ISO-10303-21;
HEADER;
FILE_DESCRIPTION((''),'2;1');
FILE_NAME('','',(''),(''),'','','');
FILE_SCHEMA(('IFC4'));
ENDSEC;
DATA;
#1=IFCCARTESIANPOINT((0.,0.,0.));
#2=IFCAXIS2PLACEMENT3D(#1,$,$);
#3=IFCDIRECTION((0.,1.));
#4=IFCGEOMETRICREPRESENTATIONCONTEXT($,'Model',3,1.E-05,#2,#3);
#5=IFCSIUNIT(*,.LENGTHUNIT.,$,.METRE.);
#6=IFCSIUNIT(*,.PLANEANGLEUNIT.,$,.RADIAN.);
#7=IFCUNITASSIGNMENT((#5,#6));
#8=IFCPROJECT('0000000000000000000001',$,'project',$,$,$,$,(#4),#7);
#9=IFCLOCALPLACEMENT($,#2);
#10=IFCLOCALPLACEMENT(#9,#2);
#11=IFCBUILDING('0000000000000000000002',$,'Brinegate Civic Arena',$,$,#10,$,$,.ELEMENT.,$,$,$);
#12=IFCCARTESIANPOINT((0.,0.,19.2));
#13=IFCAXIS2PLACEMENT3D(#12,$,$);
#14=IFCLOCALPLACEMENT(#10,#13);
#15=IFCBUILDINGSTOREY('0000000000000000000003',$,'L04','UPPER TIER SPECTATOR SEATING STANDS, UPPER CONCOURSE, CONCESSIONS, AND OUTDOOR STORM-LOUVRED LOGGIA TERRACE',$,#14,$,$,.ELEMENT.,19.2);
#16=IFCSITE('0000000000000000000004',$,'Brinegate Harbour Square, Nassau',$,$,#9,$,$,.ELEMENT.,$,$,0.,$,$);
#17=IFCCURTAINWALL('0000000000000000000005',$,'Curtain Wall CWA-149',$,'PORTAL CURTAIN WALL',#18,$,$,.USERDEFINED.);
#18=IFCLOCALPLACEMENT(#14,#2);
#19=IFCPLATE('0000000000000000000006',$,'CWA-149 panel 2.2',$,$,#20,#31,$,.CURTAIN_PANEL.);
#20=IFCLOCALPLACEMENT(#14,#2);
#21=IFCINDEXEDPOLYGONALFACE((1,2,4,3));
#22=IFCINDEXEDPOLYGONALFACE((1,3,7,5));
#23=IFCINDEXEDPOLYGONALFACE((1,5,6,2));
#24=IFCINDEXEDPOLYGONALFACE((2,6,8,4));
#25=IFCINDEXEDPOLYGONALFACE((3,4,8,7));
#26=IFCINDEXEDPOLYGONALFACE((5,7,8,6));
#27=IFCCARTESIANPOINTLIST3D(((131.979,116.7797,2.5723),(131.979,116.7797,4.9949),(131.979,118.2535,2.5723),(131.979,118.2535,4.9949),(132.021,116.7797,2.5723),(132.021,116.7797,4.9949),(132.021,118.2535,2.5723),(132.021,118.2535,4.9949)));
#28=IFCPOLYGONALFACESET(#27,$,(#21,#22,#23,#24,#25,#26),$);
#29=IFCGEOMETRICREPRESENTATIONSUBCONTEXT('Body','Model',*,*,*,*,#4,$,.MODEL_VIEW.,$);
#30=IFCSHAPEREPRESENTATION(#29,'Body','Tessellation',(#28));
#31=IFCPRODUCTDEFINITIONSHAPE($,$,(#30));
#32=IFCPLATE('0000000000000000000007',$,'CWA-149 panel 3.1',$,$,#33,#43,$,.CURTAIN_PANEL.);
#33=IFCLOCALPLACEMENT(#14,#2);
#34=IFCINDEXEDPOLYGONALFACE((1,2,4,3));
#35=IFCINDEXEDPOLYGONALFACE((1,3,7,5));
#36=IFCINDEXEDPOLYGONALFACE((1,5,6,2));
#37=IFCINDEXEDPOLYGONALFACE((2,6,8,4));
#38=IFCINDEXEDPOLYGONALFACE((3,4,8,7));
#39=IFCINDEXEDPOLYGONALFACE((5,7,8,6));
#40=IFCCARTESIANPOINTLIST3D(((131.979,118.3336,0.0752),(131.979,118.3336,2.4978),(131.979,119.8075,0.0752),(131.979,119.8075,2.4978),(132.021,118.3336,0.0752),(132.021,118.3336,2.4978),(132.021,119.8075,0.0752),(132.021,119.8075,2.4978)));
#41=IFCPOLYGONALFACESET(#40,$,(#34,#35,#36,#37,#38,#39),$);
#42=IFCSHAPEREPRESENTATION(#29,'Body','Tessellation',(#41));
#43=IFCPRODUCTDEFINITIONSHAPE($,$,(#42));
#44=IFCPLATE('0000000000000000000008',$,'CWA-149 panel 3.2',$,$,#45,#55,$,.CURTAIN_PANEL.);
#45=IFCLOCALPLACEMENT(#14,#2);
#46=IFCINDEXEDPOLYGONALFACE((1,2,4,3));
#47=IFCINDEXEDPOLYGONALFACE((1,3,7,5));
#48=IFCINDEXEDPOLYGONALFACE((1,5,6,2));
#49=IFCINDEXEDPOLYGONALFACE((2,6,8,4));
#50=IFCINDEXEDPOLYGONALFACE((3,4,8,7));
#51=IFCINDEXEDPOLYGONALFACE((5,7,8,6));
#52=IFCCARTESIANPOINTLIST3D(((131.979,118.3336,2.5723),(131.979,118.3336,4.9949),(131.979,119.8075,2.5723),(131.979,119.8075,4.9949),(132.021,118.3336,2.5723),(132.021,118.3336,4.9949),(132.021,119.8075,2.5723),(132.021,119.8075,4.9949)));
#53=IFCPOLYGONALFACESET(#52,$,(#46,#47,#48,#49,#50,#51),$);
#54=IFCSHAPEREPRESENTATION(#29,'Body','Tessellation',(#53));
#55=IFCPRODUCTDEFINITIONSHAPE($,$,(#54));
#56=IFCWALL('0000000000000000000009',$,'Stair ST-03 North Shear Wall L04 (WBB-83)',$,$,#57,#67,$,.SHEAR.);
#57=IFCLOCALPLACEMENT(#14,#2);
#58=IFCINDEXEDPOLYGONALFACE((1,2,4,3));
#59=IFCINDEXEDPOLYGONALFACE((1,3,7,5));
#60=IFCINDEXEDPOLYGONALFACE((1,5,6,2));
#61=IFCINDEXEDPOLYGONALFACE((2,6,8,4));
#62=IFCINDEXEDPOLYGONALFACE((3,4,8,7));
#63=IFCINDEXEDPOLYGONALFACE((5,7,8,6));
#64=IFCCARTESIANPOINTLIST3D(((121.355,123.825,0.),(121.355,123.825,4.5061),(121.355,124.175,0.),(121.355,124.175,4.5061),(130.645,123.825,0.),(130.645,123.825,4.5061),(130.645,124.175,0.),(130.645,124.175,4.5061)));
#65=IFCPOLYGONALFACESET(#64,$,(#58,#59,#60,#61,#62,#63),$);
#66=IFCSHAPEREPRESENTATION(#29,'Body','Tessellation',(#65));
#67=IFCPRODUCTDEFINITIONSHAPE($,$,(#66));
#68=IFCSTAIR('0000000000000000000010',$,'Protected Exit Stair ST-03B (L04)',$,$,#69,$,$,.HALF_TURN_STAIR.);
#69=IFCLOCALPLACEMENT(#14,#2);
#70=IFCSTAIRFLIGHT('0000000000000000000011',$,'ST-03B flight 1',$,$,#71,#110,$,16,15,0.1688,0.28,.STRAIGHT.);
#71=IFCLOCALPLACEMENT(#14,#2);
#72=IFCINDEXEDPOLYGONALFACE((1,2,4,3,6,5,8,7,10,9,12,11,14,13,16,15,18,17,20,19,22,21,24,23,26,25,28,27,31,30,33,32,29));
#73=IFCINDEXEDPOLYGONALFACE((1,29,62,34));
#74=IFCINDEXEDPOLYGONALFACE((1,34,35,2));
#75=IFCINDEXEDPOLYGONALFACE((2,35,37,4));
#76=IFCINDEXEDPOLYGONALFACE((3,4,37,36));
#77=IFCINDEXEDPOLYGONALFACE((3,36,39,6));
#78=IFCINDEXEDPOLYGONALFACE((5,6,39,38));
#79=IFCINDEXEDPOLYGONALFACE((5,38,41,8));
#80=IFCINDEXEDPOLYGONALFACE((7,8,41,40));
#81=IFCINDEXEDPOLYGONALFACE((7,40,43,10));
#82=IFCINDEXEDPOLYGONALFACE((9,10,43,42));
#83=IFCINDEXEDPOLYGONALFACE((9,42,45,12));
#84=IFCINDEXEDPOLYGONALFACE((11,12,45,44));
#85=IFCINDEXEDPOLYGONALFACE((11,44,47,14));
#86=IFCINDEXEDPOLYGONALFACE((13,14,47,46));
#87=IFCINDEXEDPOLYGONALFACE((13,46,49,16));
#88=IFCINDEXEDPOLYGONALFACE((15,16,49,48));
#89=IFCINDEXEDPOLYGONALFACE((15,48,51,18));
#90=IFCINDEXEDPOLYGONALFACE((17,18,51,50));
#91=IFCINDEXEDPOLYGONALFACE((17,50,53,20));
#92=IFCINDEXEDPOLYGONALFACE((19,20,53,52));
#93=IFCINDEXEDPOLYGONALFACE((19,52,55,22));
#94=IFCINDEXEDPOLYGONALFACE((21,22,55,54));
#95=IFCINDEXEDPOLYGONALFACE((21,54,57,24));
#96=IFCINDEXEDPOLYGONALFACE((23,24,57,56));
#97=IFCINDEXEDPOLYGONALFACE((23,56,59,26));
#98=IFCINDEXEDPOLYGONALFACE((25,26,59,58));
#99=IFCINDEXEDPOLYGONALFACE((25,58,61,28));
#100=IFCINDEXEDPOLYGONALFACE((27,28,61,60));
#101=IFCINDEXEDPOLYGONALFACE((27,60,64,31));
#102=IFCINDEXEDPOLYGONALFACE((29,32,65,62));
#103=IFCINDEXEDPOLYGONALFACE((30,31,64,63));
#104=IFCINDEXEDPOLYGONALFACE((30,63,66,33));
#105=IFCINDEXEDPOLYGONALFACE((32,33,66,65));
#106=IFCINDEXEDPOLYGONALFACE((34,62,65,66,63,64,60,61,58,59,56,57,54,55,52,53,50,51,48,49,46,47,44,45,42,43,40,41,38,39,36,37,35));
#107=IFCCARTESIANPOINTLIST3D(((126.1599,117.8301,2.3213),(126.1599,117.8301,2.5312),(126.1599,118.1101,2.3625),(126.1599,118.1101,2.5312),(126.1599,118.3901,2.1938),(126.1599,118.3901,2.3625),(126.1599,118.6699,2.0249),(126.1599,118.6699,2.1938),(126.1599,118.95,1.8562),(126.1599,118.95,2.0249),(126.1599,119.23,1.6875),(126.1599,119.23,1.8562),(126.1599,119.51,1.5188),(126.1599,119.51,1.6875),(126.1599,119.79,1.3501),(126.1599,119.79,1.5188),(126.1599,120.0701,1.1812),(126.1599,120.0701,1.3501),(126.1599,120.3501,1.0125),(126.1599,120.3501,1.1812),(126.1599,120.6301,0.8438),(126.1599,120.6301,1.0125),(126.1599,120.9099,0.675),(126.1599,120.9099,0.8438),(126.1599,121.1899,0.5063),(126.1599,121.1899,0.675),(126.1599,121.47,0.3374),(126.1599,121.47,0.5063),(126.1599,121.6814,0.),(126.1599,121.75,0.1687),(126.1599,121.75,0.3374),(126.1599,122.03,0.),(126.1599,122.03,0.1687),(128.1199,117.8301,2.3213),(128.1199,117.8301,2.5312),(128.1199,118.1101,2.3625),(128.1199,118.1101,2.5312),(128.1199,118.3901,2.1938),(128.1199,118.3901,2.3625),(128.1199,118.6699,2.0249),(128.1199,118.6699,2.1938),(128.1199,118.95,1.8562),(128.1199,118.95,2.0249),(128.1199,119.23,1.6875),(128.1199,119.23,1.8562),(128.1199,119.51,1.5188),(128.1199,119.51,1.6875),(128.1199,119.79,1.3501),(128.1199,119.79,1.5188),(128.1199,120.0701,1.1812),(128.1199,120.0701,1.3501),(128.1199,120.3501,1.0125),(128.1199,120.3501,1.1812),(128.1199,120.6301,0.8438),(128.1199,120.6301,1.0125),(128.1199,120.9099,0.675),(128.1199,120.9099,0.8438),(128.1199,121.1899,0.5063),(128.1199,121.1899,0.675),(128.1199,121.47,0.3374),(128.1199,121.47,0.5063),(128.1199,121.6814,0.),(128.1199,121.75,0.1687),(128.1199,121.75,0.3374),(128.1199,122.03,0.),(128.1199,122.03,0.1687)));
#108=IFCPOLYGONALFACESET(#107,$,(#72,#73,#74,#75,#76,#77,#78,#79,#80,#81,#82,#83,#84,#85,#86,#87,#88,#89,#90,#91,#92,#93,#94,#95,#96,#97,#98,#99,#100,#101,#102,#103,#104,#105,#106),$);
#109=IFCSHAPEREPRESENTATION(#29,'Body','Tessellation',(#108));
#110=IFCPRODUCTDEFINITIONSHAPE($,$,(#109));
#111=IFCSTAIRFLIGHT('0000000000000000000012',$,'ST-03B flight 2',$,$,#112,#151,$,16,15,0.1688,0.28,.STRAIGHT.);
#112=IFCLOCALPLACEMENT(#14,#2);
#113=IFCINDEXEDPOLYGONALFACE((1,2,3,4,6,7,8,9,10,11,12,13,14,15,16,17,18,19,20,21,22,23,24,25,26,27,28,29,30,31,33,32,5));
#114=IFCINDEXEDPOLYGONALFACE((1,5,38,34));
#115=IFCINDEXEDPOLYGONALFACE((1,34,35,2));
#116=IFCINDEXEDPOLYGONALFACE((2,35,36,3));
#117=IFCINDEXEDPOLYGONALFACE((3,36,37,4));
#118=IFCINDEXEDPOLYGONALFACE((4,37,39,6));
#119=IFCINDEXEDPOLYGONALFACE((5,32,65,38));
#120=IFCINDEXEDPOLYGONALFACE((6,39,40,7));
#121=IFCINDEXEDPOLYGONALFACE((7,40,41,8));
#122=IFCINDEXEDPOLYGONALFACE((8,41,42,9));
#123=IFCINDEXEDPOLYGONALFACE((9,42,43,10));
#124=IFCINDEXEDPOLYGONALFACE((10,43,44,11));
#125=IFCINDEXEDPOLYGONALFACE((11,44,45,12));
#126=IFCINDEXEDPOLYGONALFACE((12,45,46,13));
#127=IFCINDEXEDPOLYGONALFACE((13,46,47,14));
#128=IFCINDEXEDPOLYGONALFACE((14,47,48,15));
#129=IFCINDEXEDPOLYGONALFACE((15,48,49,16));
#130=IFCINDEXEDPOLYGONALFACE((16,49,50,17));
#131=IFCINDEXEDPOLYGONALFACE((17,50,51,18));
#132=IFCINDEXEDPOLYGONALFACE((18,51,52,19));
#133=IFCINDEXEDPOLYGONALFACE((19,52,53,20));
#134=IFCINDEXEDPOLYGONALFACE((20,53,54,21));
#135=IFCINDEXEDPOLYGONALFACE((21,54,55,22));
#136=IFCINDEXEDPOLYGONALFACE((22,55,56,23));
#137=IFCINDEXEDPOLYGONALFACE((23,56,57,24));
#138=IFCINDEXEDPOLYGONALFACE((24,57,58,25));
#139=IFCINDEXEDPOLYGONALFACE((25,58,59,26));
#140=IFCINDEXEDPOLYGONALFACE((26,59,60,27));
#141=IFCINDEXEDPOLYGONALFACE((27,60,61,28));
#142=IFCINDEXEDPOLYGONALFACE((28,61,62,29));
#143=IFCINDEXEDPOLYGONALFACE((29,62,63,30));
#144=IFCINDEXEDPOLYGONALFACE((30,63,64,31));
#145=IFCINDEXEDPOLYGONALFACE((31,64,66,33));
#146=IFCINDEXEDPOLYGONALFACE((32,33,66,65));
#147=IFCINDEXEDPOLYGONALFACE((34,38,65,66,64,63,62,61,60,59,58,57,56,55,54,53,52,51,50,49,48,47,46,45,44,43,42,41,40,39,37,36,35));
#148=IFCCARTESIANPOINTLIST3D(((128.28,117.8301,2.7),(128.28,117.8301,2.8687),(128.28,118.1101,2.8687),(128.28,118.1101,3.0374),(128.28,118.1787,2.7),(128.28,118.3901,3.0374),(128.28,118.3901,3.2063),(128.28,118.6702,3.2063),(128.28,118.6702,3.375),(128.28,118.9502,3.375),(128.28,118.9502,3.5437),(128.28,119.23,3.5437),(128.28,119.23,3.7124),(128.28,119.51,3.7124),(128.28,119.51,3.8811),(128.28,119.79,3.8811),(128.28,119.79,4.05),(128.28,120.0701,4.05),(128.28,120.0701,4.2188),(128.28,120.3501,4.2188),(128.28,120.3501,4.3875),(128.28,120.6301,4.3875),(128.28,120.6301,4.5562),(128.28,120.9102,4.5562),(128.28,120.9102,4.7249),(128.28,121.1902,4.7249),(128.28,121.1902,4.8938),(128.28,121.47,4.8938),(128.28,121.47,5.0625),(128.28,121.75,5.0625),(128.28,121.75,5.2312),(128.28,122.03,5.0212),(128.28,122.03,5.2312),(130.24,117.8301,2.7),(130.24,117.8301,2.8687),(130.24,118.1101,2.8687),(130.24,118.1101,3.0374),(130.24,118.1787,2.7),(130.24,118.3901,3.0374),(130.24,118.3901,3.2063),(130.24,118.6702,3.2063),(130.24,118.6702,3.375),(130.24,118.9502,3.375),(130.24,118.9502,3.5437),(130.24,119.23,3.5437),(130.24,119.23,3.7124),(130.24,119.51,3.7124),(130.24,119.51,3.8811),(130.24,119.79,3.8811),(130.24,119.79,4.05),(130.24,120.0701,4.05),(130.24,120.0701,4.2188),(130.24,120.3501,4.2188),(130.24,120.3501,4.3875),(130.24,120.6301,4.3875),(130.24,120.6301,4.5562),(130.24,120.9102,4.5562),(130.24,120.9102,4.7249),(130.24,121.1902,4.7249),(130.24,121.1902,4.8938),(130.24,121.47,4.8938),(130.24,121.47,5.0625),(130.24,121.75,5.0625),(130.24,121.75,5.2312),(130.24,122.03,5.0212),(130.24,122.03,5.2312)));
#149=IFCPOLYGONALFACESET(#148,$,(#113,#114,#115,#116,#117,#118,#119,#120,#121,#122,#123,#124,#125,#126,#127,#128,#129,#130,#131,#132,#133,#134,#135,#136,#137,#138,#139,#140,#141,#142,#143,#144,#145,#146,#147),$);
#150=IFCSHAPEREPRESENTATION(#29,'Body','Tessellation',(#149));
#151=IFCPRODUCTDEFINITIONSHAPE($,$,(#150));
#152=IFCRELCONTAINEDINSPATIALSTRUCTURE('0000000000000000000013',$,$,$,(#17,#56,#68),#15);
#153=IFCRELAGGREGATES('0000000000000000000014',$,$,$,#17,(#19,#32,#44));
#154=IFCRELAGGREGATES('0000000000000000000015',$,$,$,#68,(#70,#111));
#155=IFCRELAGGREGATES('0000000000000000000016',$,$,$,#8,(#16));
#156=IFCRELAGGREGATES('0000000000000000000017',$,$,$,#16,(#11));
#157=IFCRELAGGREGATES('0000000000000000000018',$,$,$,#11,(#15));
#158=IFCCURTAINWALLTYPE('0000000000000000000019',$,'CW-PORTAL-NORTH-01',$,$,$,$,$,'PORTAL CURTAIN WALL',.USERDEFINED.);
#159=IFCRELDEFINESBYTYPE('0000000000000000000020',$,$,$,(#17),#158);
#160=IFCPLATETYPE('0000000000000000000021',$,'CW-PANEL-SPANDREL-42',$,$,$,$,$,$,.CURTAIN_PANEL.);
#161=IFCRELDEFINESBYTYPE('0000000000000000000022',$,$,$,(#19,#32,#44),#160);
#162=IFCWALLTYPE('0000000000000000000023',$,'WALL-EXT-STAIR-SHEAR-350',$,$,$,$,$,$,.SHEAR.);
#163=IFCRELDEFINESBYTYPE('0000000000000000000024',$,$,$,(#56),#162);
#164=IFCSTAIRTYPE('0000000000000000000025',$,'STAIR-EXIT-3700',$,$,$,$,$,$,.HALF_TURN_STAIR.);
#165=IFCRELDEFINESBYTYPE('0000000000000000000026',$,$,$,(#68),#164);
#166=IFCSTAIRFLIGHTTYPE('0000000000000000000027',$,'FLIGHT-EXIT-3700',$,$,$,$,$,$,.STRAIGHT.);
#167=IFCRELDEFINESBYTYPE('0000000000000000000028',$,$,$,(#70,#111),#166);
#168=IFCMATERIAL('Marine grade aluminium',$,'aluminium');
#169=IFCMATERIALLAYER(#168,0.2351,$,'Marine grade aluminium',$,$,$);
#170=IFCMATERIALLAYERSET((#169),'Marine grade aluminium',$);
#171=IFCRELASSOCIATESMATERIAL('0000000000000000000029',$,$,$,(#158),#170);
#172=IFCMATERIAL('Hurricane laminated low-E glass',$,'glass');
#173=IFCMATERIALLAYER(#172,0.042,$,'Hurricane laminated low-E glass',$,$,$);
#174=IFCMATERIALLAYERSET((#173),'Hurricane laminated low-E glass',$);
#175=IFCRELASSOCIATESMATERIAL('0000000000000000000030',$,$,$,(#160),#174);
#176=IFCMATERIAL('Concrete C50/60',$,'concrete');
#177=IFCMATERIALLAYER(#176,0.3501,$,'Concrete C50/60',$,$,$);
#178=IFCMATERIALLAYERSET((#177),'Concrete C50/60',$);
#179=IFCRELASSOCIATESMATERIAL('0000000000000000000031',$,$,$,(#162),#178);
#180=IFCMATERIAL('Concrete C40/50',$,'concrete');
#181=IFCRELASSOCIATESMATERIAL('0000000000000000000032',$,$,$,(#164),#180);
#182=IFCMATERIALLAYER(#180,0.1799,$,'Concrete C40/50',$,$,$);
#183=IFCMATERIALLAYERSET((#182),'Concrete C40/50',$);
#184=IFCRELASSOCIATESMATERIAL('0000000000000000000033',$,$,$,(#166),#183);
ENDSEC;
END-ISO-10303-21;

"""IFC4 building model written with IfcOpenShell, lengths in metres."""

from ifc_helpers import new_model, si_unit, direction, frame, frame_2d, origin, origin_2d, place, context, subcontext, project, spatial, polyline, rectangle, outline, extrude, material, layer, layer_set, type_object, element, aggregate, save


model = new_model("IFC4")

# Units and contexts
model_context = context("Model", 3, precision=1e-05, world=origin(), true_north=direction((0.0, 1.0)))
body_context = subcontext(model_context, "Body", "Model", "MODEL_VIEW")
ifc_project = project(units=[si_unit("LENGTHUNIT", "METRE"), si_unit("PLANEANGLEUNIT", "RADIAN")], contexts=[model_context])

# Site, building, storey
site_placement = place(None, origin())
site = spatial("IfcSite", under=ifc_project, at=site_placement, Name="Brinegate Harbour Square, Nassau", CompositionType="ELEMENT", RefElevation=0.0)
building_placement = place(site_placement, origin())
building = spatial("IfcBuilding", under=site, at=building_placement, Name="Brinegate Civic Arena", CompositionType="ELEMENT")
storey_placement = place(building_placement, frame((0.0, 0.0, 19.2)))
storey = spatial("IfcBuildingStorey", under=building, at=storey_placement, Name="L04", Description="UPPER TIER SPECTATOR SEATING STANDS, UPPER CONCOURSE, CONCESSIONS, AND OUTDOOR STORM-LOUVRED LOGGIA TERRACE", CompositionType="ELEMENT", Elevation=19.2)

# Shared definitions
ifc_material_1 = material(Name="Concrete C50/60", Category="concrete")

# Curtain wall
ifc_material_2 = material(Name="Marine grade aluminium", Category="aluminium")
ifc_layer_1 = layer(ifc_material_2, 0.2351, Name="Marine grade aluminium")
ifc_layer_set_1 = layer_set([ifc_layer_1], Name="Marine grade aluminium")
curtain_wall_type = type_object("IfcCurtainWallType", Name="CW-PORTAL-NORTH-01", ElementType="PORTAL CURTAIN WALL", PredefinedType="USERDEFINED", material=ifc_layer_set_1)
curtain_wall_placement = place(storey_placement, origin())
curtain_wall = element("IfcCurtainWall", 1, at=curtain_wall_placement, inside=storey, type_object=curtain_wall_type, Name="Curtain Wall CWA-149", ObjectType="PORTAL CURTAIN WALL", PredefinedType="USERDEFINED")

# Plates
ifc_material_3 = material(Name="Hurricane laminated low-E glass", Category="glass")
ifc_layer_2 = layer(ifc_material_3, 0.042, Name="Hurricane laminated low-E glass")
ifc_layer_set_2 = layer_set([ifc_layer_2], Name="Hurricane laminated low-E glass")
plate_type = type_object("IfcPlateType", Name="CW-PANEL-SPANDREL-42", PredefinedType="CURTAIN_PANEL", material=ifc_layer_set_2)
plate_1_placement = place(storey_placement, frame((132.0, 117.5166, 2.5723), z_axis=(0.0, 0.0, 1.0), x_axis=(0.0, 1.0, 0.0)))
plate_1 = element("IfcPlate", 2, at=plate_1_placement, type_object=plate_type, Name="CWA-149 panel 2.2", PredefinedType="CURTAIN_PANEL", context=body_context, shape_type="SweptSolid", body=[
    extrude(rectangle(XDim=1.4739, YDim=0.042, at=origin_2d()), origin(), (0.0, 0.0, 1.0), 2.4226),
])
plate_2_placement = place(storey_placement, frame((132.0, 119.0706, 0.0752), z_axis=(0.0, 0.0, 1.0), x_axis=(0.0, 1.0, 0.0)))
plate_2 = element("IfcPlate", 3, at=plate_2_placement, type_object=plate_type, Name="CWA-149 panel 3.1", PredefinedType="CURTAIN_PANEL", context=body_context, shape_type="SweptSolid", body=[
    extrude(rectangle(XDim=1.4739, YDim=0.042, at=origin_2d()), origin(), (0.0, 0.0, 1.0), 2.4226),
])
plate_3_placement = place(storey_placement, frame((132.0, 119.0706, 2.5723), z_axis=(0.0, 0.0, 1.0), x_axis=(0.0, 1.0, 0.0)))
plate_3 = element("IfcPlate", 4, at=plate_3_placement, type_object=plate_type, Name="CWA-149 panel 3.2", PredefinedType="CURTAIN_PANEL", context=body_context, shape_type="SweptSolid", body=[
    extrude(rectangle(XDim=1.4739, YDim=0.042, at=origin_2d()), origin(), (0.0, 0.0, 1.0), 2.4226),
])
aggregate(curtain_wall, [plate_1, plate_2, plate_3])

# Wall
ifc_layer_3 = layer(ifc_material_1, 0.3501, Name="Concrete C50/60")
ifc_layer_set_3 = layer_set([ifc_layer_3], Name="Concrete C50/60")
wall_type = type_object("IfcWallType", Name="WALL-EXT-STAIR-SHEAR-350", PredefinedType="SHEAR", material=ifc_layer_set_3)
wall_placement = place(storey_placement, frame((121.355, 124.0, 0.0), z_axis=(0.0, 0.0, 1.0), x_axis=(1.0, 0.0, 0.0)))
element("IfcWall", 5, at=wall_placement, inside=storey, type_object=wall_type, Name="Stair ST-03 North Shear Wall L04 (WBB-83)", PredefinedType="SHEAR", context=body_context, shape_type="SweptSolid", body=[
    extrude(rectangle(XDim=9.29, YDim=0.3501, at=frame_2d((4.645, 0.0))), origin(), (0.0, 0.0, 1.0), 4.5061),
])

# Stair, stair flights
ifc_material_4 = material(Name="Concrete C40/50", Category="concrete")
stair_type_1 = type_object("IfcStairType", Name="STAIR-EXIT-3700", PredefinedType="HALF_TURN_STAIR", material=ifc_material_4)
stair_1_placement = place(storey_placement, origin())
stair_1 = element("IfcStair", 6, at=stair_1_placement, inside=storey, type_object=stair_type_1, Name="Protected Exit Stair ST-03B (L04)", PredefinedType="HALF_TURN_STAIR")
ifc_layer_4 = layer(ifc_material_4, 0.1799, Name="Concrete C40/50")
ifc_layer_set_4 = layer_set([ifc_layer_4], Name="Concrete C40/50")
stair_flight_type_1 = type_object("IfcStairFlightType", Name="FLIGHT-EXIT-3700", PredefinedType="STRAIGHT", material=ifc_layer_set_4)
stair_flight_1_placement = place(storey_placement, frame((127.1399, 122.03, 0.0), z_axis=(0.0, 0.0, 1.0), x_axis=(0.0, -1.0, 0.0)))
stair_flight_1 = element("IfcStairFlight", 7, at=stair_flight_1_placement, type_object=stair_flight_type_1, Name="ST-03B flight 1", NumberOfRisers=16, NumberOfTreads=15, PredefinedType="STRAIGHT", RiserHeight=0.1688, TreadLength=0.28, context=body_context, shape_type="SweptSolid", body=[
    extrude(outline(polyline([(0.0, 0.0), (0.0, 0.1687), (0.28, 0.1687), (0.28, 0.3374), (0.5601, 0.3374), (0.5601, 0.5063), (0.8401, 0.5063), (0.8401, 0.675), (1.1201, 0.675), (1.1201, 0.8438), (1.3999, 0.8438), (1.3999, 1.0125), (1.6799, 1.0125), (1.6799, 1.1812), (1.96, 1.1812), (1.96, 1.3501), (2.24, 1.3501), (2.24, 1.5188), (2.52, 1.5188), (2.52, 1.6875), (2.8, 1.6875), (2.8, 1.8562), (3.0801, 1.8562), (3.0801, 2.0249), (3.3601, 2.0249), (3.3601, 2.1938), (3.6399, 2.1938), (3.6399, 2.3625), (3.9199, 2.3625), (3.9199, 2.5312), (4.2, 2.5312), (4.2, 2.7), (4.2, 2.3213), (0.3486, 0.0), (0.0, 0.0)])), frame((0.0, 0.98, 0.0), z_axis=(0.0, -1.0, 0.0), x_axis=(1.0, 0.0, 0.0)), (0.0, 0.0, 1.0), 1.96),
])
stair_flight_2_placement = place(storey_placement, frame((129.26, 117.8301, 2.7), z_axis=(0.0, 0.0, 1.0), x_axis=(0.0, 1.0, 0.0)))
stair_flight_2 = element("IfcStairFlight", 8, at=stair_flight_2_placement, type_object=stair_flight_type_1, Name="ST-03B flight 2", NumberOfRisers=16, NumberOfTreads=15, PredefinedType="STRAIGHT", RiserHeight=0.1688, TreadLength=0.28, context=body_context, shape_type="SweptSolid", body=[
    extrude(outline(polyline([(0.0, 0.0), (0.0, 0.1687), (0.28, 0.1687), (0.28, 0.3374), (0.5601, 0.3374), (0.5601, 0.5063), (0.8401, 0.5063), (0.8401, 0.675), (1.1201, 0.675), (1.1201, 0.8438), (1.3999, 0.8438), (1.3999, 1.0125), (1.6799, 1.0125), (1.6799, 1.1812), (1.96, 1.1812), (1.96, 1.3501), (2.24, 1.3501), (2.24, 1.5188), (2.52, 1.5188), (2.52, 1.6875), (2.8, 1.6875), (2.8, 1.8562), (3.0801, 1.8562), (3.0801, 2.0249), (3.3601, 2.0249), (3.3601, 2.1938), (3.6399, 2.1938), (3.6399, 2.3625), (3.9199, 2.3625), (3.9199, 2.5312), (4.2, 2.5312), (4.2, 2.7), (4.2, 2.3213), (0.3486, 0.0), (0.0, 0.0)])), frame((0.0, 0.98, 0.0), z_axis=(0.0, -1.0, 0.0), x_axis=(1.0, 0.0, 0.0)), (0.0, 0.0, 1.0), 1.96),
])
aggregate(stair_1, [stair_flight_1, stair_flight_2])

save(model, "model.ifc")
